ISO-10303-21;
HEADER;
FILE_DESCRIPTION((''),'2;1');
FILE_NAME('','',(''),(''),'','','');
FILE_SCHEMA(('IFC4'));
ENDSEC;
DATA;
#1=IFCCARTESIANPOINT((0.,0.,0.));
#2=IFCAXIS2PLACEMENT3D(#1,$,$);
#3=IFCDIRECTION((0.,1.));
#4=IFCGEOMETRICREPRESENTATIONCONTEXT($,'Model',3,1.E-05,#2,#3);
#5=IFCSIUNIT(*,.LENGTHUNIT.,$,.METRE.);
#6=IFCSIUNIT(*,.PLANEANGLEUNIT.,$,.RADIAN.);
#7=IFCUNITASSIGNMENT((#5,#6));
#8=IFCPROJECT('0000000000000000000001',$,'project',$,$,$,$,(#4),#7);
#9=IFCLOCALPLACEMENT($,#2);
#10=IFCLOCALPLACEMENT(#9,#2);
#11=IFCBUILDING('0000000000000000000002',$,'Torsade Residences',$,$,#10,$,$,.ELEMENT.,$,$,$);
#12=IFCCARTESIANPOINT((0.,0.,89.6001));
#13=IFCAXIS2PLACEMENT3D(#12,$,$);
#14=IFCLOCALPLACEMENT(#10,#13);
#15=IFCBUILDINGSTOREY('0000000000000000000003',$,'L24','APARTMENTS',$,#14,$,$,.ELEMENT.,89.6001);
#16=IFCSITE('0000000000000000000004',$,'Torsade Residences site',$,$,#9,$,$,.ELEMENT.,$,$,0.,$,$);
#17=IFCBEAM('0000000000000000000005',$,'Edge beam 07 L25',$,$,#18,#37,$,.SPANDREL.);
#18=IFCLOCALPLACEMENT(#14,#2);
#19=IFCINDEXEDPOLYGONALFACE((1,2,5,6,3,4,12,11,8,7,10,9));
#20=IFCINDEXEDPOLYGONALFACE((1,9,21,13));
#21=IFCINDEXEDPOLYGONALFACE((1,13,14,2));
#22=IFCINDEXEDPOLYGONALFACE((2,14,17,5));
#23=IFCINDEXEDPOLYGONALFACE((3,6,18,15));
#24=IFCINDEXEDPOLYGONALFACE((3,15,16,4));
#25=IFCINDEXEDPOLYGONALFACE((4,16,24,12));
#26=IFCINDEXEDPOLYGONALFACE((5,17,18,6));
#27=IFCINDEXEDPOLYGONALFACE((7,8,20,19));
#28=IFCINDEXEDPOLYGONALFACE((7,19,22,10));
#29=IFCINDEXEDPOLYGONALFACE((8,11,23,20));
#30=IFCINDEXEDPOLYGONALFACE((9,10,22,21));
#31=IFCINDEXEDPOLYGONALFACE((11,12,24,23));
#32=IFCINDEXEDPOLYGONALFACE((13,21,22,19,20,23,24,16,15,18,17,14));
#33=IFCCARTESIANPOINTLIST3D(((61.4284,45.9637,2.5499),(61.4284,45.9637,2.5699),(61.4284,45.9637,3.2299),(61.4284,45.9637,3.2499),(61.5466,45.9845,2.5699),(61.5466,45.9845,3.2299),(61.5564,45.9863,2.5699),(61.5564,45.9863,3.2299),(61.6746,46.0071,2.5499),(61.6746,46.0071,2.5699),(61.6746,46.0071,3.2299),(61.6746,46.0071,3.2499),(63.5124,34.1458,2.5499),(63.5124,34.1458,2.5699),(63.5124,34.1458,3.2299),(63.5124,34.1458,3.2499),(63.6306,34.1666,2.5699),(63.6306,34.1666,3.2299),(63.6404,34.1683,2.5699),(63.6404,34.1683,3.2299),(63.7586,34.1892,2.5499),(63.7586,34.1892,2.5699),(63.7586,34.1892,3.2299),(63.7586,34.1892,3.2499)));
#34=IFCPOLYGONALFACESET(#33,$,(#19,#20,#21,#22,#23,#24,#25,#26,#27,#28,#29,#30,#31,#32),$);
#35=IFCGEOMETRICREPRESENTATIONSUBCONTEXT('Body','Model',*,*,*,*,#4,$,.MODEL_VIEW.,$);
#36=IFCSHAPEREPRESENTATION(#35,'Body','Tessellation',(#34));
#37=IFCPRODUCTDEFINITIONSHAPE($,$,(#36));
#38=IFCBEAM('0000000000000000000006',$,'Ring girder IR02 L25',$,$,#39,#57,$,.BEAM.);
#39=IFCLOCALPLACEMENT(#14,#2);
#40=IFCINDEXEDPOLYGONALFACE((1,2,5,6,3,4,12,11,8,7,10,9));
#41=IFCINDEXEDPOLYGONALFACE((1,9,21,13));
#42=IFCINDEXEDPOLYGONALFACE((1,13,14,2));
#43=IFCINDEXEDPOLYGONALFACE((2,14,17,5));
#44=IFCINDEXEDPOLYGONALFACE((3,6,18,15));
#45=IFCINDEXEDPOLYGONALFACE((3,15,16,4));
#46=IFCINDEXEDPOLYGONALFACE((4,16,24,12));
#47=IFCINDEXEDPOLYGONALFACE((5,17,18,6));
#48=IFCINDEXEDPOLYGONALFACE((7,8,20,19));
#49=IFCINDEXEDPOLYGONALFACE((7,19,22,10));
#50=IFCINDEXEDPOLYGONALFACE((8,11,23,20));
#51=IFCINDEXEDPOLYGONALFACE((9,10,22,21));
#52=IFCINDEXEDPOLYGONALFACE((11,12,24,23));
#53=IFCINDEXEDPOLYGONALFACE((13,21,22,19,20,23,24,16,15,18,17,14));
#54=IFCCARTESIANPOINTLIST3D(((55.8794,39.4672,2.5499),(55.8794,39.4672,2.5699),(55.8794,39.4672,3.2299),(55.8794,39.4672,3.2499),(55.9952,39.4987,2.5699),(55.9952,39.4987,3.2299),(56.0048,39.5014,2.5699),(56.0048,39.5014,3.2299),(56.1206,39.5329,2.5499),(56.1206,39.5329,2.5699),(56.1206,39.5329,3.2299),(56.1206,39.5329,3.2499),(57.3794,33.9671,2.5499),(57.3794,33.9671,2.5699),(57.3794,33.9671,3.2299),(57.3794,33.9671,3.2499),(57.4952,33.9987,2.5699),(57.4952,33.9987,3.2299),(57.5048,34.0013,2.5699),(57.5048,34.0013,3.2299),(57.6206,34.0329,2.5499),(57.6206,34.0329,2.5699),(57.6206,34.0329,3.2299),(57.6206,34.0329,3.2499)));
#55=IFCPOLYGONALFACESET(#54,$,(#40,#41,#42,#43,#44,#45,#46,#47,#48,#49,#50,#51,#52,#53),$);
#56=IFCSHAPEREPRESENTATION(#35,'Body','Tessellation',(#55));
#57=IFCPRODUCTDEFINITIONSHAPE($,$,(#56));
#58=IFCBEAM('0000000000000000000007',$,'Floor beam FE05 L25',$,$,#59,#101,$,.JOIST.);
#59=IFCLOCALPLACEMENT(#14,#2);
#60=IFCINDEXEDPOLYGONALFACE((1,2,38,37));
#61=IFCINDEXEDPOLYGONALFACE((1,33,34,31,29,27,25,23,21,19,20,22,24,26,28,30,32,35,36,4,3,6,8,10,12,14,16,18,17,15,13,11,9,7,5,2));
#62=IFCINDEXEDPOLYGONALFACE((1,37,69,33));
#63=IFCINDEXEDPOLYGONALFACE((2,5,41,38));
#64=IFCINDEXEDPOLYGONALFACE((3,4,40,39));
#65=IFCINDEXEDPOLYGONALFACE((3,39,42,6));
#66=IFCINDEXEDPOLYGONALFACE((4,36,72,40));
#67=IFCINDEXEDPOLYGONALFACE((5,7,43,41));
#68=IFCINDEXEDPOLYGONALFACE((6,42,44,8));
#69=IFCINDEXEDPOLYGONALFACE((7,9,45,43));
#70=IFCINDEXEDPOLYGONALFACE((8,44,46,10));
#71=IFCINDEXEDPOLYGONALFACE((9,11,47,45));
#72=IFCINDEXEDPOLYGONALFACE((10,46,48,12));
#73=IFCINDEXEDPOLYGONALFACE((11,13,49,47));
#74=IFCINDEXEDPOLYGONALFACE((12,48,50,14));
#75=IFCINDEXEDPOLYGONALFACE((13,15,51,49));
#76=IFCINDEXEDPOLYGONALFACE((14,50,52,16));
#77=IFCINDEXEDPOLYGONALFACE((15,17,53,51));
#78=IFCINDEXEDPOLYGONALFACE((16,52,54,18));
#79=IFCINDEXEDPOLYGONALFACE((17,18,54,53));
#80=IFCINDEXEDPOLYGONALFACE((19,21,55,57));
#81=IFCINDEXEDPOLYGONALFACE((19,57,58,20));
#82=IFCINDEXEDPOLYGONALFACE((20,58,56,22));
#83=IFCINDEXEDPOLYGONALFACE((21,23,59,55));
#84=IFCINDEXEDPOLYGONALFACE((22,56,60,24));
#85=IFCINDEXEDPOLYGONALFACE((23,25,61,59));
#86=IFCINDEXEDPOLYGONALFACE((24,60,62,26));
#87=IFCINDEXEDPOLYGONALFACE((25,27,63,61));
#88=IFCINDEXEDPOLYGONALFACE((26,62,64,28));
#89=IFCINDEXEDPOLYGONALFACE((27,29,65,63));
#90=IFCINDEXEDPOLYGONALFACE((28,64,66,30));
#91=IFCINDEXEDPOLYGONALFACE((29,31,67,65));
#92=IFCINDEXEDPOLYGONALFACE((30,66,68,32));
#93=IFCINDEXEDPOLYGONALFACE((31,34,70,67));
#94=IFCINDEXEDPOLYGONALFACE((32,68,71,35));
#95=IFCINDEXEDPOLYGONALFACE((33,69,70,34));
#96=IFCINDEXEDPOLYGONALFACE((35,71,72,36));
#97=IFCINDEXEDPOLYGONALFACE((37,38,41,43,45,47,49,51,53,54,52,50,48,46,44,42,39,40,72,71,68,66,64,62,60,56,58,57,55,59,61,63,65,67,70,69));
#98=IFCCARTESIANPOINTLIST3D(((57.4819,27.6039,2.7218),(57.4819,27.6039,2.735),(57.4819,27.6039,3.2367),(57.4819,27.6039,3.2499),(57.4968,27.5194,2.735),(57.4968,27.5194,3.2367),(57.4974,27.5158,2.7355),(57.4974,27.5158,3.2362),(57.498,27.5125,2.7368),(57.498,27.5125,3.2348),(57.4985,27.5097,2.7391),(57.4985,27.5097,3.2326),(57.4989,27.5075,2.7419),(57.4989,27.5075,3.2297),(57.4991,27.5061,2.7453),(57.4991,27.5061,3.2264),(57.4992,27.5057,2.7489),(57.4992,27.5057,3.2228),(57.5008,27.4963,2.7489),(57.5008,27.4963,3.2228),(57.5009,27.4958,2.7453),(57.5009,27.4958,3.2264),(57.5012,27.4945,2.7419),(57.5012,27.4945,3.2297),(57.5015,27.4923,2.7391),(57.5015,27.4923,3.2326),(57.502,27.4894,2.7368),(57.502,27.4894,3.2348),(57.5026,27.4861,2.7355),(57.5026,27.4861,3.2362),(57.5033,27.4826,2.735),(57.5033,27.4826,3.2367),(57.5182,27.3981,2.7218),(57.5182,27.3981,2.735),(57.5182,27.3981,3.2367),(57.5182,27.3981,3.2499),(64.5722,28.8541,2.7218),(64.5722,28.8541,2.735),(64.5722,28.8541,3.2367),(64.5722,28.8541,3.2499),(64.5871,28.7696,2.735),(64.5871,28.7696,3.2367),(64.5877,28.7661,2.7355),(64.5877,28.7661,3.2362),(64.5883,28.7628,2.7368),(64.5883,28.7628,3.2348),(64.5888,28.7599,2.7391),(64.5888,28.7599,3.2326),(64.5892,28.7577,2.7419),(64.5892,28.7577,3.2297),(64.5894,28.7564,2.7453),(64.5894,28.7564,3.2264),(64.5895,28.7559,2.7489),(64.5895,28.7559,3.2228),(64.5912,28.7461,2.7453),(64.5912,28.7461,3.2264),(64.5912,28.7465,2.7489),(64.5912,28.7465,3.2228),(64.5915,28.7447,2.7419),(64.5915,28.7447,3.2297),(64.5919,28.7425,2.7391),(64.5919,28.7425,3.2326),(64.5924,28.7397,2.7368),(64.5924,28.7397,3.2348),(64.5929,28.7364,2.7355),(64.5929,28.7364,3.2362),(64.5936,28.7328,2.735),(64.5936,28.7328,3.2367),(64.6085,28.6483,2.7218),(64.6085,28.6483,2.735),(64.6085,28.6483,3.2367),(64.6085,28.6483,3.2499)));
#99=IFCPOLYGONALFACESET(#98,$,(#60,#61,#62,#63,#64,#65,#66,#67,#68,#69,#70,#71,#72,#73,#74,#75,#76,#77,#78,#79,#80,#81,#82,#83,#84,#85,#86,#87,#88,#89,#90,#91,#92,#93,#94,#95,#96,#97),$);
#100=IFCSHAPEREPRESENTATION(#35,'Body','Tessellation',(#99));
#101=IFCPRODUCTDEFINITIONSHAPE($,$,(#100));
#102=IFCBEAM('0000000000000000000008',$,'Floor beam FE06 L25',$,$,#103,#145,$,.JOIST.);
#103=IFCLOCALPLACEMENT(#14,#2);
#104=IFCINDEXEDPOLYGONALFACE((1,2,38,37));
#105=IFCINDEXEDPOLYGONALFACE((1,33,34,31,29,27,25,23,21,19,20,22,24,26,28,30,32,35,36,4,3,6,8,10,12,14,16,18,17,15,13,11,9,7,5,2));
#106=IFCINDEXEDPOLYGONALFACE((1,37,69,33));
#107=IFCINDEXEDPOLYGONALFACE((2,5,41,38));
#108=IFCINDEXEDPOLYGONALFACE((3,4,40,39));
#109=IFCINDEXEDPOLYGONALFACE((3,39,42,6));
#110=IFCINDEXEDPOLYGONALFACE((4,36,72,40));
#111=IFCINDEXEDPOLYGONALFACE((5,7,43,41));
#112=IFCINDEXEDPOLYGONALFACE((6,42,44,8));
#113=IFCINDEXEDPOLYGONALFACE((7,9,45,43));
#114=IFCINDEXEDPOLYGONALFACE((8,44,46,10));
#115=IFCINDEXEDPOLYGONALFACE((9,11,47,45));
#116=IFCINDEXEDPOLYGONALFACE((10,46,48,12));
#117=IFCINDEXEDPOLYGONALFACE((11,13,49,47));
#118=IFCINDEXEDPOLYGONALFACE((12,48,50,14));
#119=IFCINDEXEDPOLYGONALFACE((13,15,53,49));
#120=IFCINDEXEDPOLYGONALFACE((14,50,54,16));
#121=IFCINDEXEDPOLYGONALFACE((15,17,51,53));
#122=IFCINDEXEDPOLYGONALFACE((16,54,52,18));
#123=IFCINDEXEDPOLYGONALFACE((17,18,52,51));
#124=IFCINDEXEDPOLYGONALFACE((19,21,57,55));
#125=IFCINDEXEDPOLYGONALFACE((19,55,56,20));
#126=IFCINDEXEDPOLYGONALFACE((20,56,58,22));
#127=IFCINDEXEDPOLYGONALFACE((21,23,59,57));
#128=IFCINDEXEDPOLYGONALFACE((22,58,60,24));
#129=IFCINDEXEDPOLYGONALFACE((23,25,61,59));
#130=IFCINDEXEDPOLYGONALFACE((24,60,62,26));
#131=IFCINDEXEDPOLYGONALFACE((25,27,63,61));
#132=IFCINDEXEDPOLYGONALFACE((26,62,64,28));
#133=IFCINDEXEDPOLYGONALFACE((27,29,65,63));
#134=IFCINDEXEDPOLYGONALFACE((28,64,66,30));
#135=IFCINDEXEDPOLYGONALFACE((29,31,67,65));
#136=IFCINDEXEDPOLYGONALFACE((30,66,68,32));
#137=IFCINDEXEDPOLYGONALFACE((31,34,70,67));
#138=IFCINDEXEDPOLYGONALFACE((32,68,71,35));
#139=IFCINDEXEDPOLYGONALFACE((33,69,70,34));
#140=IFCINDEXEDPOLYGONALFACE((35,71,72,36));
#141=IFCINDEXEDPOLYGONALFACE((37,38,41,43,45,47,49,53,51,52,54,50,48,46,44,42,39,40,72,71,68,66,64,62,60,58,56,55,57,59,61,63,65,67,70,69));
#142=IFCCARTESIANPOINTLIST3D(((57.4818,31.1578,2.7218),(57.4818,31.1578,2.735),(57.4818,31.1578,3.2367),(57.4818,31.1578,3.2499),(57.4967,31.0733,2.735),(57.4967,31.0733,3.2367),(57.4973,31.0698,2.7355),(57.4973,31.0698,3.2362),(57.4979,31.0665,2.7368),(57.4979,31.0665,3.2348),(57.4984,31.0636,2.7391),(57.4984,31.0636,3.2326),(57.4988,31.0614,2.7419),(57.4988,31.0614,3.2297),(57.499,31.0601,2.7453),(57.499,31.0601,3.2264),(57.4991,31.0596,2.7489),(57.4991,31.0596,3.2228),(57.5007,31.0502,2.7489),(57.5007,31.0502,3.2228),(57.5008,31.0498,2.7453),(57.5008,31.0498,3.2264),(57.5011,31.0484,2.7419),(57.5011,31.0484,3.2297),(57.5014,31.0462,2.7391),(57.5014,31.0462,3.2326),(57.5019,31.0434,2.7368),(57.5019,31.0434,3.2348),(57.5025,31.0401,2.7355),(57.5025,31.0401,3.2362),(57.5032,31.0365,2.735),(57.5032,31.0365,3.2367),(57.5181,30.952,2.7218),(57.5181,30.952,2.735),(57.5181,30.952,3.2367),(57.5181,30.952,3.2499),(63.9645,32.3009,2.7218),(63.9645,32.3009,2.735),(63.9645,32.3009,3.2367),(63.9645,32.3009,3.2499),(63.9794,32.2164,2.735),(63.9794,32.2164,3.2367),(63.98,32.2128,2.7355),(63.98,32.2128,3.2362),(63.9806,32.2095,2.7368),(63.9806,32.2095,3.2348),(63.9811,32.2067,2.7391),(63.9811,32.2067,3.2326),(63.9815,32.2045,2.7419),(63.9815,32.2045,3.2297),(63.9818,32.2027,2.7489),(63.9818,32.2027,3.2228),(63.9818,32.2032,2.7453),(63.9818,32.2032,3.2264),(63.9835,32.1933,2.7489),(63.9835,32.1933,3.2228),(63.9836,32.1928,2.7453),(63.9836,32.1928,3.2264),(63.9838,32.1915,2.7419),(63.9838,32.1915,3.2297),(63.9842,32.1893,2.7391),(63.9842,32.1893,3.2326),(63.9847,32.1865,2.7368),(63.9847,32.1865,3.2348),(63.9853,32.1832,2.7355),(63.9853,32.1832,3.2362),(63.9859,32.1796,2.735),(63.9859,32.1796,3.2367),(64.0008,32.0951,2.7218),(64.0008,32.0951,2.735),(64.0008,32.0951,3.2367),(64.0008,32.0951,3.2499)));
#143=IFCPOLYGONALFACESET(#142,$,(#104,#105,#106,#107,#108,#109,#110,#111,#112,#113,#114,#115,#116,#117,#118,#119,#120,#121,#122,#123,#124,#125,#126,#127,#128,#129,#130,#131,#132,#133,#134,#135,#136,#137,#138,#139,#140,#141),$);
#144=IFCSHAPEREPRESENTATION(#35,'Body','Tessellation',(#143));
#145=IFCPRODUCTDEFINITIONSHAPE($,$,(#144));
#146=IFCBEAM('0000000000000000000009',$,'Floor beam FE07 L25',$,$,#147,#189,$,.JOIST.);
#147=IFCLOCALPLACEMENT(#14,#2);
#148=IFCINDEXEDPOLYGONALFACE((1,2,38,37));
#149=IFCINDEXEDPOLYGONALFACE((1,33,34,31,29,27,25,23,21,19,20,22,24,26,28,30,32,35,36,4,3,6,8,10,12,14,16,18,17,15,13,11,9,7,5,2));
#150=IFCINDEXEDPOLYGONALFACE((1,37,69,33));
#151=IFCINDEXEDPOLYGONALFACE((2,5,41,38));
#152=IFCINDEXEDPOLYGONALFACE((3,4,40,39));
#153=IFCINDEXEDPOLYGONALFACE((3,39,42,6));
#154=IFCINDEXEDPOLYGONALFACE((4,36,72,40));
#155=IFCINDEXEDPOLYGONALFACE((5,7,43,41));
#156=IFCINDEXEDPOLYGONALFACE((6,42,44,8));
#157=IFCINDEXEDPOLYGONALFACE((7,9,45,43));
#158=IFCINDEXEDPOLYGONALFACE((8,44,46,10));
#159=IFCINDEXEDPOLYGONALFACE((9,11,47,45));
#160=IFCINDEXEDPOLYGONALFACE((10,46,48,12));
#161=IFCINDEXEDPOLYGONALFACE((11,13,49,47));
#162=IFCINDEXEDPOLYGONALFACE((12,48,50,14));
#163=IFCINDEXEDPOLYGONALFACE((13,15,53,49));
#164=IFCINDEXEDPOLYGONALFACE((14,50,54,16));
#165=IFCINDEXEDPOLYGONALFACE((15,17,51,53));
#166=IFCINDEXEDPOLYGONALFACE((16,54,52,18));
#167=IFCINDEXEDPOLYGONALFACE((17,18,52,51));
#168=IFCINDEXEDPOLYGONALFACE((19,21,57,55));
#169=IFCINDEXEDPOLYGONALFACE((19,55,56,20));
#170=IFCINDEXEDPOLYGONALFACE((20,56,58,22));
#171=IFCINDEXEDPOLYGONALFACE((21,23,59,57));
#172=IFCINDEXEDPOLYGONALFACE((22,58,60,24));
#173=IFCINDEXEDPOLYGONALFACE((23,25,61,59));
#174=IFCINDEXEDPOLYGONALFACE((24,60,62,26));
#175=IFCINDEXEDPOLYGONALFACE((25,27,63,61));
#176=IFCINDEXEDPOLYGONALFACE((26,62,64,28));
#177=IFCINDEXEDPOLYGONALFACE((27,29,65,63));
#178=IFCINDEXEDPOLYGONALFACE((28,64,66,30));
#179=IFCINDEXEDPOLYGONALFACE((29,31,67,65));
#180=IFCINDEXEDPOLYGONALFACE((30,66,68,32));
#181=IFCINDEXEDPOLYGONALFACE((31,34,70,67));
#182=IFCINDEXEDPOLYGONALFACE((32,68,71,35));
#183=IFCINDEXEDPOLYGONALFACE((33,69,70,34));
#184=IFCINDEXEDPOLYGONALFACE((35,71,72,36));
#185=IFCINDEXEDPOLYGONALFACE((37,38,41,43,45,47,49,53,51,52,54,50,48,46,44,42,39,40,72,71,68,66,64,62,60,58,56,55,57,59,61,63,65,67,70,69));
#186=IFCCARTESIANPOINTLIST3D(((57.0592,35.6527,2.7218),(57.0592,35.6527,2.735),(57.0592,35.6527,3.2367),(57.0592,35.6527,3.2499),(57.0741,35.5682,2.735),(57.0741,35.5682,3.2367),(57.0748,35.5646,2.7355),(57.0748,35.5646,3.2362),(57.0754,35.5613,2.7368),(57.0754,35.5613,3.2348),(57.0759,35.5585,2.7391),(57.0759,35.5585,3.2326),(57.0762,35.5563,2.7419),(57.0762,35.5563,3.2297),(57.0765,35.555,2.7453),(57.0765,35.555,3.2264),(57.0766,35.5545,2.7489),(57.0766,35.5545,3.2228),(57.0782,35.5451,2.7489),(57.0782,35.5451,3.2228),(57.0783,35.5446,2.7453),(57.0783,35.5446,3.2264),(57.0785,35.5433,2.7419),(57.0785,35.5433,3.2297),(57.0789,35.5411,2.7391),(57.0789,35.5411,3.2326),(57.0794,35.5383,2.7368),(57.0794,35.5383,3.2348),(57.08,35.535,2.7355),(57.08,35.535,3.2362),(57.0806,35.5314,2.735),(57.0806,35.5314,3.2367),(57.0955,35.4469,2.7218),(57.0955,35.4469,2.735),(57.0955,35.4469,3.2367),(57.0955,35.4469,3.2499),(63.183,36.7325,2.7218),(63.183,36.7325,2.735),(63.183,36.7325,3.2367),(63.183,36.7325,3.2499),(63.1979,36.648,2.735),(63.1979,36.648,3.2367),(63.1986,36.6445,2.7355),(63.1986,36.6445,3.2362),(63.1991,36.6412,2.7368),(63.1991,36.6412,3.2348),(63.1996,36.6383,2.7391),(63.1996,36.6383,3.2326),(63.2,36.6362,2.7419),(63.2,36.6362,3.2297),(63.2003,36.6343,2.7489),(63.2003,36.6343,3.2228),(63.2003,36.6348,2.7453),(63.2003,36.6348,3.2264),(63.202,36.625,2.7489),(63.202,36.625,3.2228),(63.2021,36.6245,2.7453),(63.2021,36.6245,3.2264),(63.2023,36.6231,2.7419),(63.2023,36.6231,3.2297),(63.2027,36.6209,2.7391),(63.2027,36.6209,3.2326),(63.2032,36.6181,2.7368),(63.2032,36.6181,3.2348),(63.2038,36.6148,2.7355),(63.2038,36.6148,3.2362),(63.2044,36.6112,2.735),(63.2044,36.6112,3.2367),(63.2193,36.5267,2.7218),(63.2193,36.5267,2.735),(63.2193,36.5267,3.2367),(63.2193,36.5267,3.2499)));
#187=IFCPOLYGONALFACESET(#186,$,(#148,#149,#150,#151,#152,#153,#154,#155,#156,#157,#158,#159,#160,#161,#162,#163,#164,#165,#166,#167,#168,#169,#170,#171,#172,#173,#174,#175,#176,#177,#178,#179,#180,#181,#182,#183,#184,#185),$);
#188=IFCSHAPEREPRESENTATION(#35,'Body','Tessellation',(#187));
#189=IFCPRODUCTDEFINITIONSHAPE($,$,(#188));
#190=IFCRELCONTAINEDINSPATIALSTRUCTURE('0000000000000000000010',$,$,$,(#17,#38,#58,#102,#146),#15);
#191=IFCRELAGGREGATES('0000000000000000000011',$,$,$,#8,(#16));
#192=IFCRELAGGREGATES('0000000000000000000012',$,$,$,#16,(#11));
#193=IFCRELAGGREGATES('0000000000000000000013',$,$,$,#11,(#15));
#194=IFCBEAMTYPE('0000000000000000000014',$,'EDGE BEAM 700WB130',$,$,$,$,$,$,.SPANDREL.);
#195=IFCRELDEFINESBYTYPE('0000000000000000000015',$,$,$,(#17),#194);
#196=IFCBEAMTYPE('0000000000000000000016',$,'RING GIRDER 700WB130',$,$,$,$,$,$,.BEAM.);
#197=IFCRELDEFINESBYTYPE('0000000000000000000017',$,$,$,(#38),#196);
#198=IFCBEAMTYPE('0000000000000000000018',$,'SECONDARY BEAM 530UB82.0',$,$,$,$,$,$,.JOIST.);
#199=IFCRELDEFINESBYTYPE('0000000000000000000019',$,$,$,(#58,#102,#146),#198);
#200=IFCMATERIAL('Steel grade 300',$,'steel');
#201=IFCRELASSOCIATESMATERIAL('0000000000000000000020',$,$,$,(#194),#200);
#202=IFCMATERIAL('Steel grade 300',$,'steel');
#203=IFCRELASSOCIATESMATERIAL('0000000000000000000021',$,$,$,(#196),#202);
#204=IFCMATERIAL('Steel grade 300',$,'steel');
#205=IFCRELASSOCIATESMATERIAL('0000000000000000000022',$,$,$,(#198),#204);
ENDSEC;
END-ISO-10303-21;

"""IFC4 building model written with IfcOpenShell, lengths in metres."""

from ifc_helpers import new_model, si_unit, direction, frame, origin, origin_2d, place, context, subcontext, project, spatial, i_section, extrude, material, material_profile, profile_set, type_object, element, save


model = new_model("IFC4")

# Units and contexts
model_context = context("Model", 3, precision=1e-05, world=origin(), true_north=direction((0.0, 1.0)))
body_context = subcontext(model_context, "Body", "Model", "MODEL_VIEW")
ifc_project = project(units=[si_unit("LENGTHUNIT", "METRE"), si_unit("PLANEANGLEUNIT", "RADIAN")], contexts=[model_context])

# Site, building, storey
site_placement = place(None, origin())
site = spatial("IfcSite", under=ifc_project, at=site_placement, Name="Torsade Residences site", CompositionType="ELEMENT", RefElevation=0.0)
building_placement = place(site_placement, origin())
building = spatial("IfcBuilding", under=site, at=building_placement, Name="Torsade Residences", CompositionType="ELEMENT")
storey_placement = place(building_placement, frame((0.0, 0.0, 89.6001)))
storey = spatial("IfcBuildingStorey", under=building, at=storey_placement, Name="L24", Description="APARTMENTS", CompositionType="ELEMENT", Elevation=89.6001)

# Beams
ifc_material_1 = material(Name="Steel grade 300", Category="steel")
ifc_material_profile_1 = material_profile(ifc_material_1, i_section(OverallWidth=0.25, OverallDepth=0.7, WebThickness=0.01, FlangeThickness=0.02, at=origin_2d()), Name="700WB130")
ifc_profile_set_1 = profile_set([ifc_material_profile_1], Name="Steel grade 300")
beam_type_1 = type_object("IfcBeamType", Name="EDGE BEAM 700WB130", PredefinedType="SPANDREL", material=ifc_profile_set_1)
beam_1_placement = place(storey_placement, frame((63.6355, 34.1675, 2.8999), z_axis=(-0.173662, 0.984805, 0.0), x_axis=(-0.984805, -0.173662, 0.0)))
element("IfcBeam", 1, at=beam_1_placement, inside=storey, type_object=beam_type_1, Name="Edge beam 07 L25", PredefinedType="SPANDREL", context=body_context, shape_type="SweptSolid", body=[
    extrude(i_section(OverallWidth=0.25, OverallDepth=0.7, WebThickness=0.01, FlangeThickness=0.02, at=origin_2d()), origin(), (0.0, 0.0, 1.0), 12.0002),
])
ifc_material_2 = material(Name="Steel grade 300", Category="steel")
ifc_material_profile_2 = material_profile(ifc_material_2, i_section(OverallWidth=0.25, OverallDepth=0.7, WebThickness=0.01, FlangeThickness=0.02, at=origin_2d()), Name="700WB130")
ifc_profile_set_2 = profile_set([ifc_material_profile_2], Name="Steel grade 300")
beam_type_2 = type_object("IfcBeamType", Name="RING GIRDER 700WB130", PredefinedType="BEAM", material=ifc_profile_set_2)
beam_2_placement = place(storey_placement, frame((57.5, 34.0, 2.8999), z_axis=(-0.263117, 0.964764, 0.0), x_axis=(-0.964764, -0.263117, 0.0)))
element("IfcBeam", 2, at=beam_2_placement, inside=storey, type_object=beam_type_2, Name="Ring girder IR02 L25", PredefinedType="BEAM", context=body_context, shape_type="SweptSolid", body=[
    extrude(i_section(OverallWidth=0.25, OverallDepth=0.7, WebThickness=0.01, FlangeThickness=0.02, at=origin_2d()), origin(), (0.0, 0.0, 1.0), 5.7009),
])
ifc_material_3 = material(Name="Steel grade 300", Category="steel")
ifc_material_profile_3 = material_profile(ifc_material_3, i_section(OverallWidth=0.209, OverallDepth=0.5281, WebThickness=0.0095, FlangeThickness=0.0132, FilletRadius=0.0139, at=origin_2d()), Name="530UB82.0")
ifc_profile_set_3 = profile_set([ifc_material_profile_3], Name="Steel grade 300")
beam_type_3 = type_object("IfcBeamType", Name="SECONDARY BEAM 530UB82.0", PredefinedType="JOIST", material=ifc_profile_set_3)
beam_3_placement = place(storey_placement, frame((64.5903, 28.7512, 2.9858), z_axis=(-0.984807, -0.173652, 0.0), x_axis=(0.173652, -0.984807, 0.0)))
element("IfcBeam", 3, at=beam_3_placement, inside=storey, type_object=beam_type_3, Name="Floor beam FE05 L25", PredefinedType="JOIST", context=body_context, shape_type="SweptSolid", body=[
    extrude(i_section(OverallWidth=0.209, OverallDepth=0.5281, WebThickness=0.0095, FlangeThickness=0.0132, FilletRadius=0.0139, at=origin_2d()), origin(), (0.0, 0.0, 1.0), 7.1997),
])
beam_4_placement = place(storey_placement, frame((63.9827, 32.198, 2.9858), z_axis=(-0.984808, -0.173648, 0.0), x_axis=(0.173648, -0.984808, 0.0)))
element("IfcBeam", 4, at=beam_4_placement, inside=storey, type_object=beam_type_3, Name="Floor beam FE06 L25", PredefinedType="JOIST", context=body_context, shape_type="SweptSolid", body=[
    extrude(i_section(OverallWidth=0.209, OverallDepth=0.5281, WebThickness=0.0095, FlangeThickness=0.0132, FilletRadius=0.0139, at=origin_2d()), origin(), (0.0, 0.0, 1.0), 6.5828),
])
beam_5_placement = place(storey_placement, frame((63.2012, 36.6296, 2.9858), z_axis=(-0.984806, -0.173655, 0.0), x_axis=(0.173655, -0.984806, 0.0)))
element("IfcBeam", 5, at=beam_5_placement, inside=storey, type_object=beam_type_3, Name="Floor beam FE07 L25", PredefinedType="JOIST", context=body_context, shape_type="SweptSolid", body=[
    extrude(i_section(OverallWidth=0.209, OverallDepth=0.5281, WebThickness=0.0095, FlangeThickness=0.0132, FilletRadius=0.0139, at=origin_2d()), origin(), (0.0, 0.0, 1.0), 6.2183),
])

save(model, "model.ifc")
